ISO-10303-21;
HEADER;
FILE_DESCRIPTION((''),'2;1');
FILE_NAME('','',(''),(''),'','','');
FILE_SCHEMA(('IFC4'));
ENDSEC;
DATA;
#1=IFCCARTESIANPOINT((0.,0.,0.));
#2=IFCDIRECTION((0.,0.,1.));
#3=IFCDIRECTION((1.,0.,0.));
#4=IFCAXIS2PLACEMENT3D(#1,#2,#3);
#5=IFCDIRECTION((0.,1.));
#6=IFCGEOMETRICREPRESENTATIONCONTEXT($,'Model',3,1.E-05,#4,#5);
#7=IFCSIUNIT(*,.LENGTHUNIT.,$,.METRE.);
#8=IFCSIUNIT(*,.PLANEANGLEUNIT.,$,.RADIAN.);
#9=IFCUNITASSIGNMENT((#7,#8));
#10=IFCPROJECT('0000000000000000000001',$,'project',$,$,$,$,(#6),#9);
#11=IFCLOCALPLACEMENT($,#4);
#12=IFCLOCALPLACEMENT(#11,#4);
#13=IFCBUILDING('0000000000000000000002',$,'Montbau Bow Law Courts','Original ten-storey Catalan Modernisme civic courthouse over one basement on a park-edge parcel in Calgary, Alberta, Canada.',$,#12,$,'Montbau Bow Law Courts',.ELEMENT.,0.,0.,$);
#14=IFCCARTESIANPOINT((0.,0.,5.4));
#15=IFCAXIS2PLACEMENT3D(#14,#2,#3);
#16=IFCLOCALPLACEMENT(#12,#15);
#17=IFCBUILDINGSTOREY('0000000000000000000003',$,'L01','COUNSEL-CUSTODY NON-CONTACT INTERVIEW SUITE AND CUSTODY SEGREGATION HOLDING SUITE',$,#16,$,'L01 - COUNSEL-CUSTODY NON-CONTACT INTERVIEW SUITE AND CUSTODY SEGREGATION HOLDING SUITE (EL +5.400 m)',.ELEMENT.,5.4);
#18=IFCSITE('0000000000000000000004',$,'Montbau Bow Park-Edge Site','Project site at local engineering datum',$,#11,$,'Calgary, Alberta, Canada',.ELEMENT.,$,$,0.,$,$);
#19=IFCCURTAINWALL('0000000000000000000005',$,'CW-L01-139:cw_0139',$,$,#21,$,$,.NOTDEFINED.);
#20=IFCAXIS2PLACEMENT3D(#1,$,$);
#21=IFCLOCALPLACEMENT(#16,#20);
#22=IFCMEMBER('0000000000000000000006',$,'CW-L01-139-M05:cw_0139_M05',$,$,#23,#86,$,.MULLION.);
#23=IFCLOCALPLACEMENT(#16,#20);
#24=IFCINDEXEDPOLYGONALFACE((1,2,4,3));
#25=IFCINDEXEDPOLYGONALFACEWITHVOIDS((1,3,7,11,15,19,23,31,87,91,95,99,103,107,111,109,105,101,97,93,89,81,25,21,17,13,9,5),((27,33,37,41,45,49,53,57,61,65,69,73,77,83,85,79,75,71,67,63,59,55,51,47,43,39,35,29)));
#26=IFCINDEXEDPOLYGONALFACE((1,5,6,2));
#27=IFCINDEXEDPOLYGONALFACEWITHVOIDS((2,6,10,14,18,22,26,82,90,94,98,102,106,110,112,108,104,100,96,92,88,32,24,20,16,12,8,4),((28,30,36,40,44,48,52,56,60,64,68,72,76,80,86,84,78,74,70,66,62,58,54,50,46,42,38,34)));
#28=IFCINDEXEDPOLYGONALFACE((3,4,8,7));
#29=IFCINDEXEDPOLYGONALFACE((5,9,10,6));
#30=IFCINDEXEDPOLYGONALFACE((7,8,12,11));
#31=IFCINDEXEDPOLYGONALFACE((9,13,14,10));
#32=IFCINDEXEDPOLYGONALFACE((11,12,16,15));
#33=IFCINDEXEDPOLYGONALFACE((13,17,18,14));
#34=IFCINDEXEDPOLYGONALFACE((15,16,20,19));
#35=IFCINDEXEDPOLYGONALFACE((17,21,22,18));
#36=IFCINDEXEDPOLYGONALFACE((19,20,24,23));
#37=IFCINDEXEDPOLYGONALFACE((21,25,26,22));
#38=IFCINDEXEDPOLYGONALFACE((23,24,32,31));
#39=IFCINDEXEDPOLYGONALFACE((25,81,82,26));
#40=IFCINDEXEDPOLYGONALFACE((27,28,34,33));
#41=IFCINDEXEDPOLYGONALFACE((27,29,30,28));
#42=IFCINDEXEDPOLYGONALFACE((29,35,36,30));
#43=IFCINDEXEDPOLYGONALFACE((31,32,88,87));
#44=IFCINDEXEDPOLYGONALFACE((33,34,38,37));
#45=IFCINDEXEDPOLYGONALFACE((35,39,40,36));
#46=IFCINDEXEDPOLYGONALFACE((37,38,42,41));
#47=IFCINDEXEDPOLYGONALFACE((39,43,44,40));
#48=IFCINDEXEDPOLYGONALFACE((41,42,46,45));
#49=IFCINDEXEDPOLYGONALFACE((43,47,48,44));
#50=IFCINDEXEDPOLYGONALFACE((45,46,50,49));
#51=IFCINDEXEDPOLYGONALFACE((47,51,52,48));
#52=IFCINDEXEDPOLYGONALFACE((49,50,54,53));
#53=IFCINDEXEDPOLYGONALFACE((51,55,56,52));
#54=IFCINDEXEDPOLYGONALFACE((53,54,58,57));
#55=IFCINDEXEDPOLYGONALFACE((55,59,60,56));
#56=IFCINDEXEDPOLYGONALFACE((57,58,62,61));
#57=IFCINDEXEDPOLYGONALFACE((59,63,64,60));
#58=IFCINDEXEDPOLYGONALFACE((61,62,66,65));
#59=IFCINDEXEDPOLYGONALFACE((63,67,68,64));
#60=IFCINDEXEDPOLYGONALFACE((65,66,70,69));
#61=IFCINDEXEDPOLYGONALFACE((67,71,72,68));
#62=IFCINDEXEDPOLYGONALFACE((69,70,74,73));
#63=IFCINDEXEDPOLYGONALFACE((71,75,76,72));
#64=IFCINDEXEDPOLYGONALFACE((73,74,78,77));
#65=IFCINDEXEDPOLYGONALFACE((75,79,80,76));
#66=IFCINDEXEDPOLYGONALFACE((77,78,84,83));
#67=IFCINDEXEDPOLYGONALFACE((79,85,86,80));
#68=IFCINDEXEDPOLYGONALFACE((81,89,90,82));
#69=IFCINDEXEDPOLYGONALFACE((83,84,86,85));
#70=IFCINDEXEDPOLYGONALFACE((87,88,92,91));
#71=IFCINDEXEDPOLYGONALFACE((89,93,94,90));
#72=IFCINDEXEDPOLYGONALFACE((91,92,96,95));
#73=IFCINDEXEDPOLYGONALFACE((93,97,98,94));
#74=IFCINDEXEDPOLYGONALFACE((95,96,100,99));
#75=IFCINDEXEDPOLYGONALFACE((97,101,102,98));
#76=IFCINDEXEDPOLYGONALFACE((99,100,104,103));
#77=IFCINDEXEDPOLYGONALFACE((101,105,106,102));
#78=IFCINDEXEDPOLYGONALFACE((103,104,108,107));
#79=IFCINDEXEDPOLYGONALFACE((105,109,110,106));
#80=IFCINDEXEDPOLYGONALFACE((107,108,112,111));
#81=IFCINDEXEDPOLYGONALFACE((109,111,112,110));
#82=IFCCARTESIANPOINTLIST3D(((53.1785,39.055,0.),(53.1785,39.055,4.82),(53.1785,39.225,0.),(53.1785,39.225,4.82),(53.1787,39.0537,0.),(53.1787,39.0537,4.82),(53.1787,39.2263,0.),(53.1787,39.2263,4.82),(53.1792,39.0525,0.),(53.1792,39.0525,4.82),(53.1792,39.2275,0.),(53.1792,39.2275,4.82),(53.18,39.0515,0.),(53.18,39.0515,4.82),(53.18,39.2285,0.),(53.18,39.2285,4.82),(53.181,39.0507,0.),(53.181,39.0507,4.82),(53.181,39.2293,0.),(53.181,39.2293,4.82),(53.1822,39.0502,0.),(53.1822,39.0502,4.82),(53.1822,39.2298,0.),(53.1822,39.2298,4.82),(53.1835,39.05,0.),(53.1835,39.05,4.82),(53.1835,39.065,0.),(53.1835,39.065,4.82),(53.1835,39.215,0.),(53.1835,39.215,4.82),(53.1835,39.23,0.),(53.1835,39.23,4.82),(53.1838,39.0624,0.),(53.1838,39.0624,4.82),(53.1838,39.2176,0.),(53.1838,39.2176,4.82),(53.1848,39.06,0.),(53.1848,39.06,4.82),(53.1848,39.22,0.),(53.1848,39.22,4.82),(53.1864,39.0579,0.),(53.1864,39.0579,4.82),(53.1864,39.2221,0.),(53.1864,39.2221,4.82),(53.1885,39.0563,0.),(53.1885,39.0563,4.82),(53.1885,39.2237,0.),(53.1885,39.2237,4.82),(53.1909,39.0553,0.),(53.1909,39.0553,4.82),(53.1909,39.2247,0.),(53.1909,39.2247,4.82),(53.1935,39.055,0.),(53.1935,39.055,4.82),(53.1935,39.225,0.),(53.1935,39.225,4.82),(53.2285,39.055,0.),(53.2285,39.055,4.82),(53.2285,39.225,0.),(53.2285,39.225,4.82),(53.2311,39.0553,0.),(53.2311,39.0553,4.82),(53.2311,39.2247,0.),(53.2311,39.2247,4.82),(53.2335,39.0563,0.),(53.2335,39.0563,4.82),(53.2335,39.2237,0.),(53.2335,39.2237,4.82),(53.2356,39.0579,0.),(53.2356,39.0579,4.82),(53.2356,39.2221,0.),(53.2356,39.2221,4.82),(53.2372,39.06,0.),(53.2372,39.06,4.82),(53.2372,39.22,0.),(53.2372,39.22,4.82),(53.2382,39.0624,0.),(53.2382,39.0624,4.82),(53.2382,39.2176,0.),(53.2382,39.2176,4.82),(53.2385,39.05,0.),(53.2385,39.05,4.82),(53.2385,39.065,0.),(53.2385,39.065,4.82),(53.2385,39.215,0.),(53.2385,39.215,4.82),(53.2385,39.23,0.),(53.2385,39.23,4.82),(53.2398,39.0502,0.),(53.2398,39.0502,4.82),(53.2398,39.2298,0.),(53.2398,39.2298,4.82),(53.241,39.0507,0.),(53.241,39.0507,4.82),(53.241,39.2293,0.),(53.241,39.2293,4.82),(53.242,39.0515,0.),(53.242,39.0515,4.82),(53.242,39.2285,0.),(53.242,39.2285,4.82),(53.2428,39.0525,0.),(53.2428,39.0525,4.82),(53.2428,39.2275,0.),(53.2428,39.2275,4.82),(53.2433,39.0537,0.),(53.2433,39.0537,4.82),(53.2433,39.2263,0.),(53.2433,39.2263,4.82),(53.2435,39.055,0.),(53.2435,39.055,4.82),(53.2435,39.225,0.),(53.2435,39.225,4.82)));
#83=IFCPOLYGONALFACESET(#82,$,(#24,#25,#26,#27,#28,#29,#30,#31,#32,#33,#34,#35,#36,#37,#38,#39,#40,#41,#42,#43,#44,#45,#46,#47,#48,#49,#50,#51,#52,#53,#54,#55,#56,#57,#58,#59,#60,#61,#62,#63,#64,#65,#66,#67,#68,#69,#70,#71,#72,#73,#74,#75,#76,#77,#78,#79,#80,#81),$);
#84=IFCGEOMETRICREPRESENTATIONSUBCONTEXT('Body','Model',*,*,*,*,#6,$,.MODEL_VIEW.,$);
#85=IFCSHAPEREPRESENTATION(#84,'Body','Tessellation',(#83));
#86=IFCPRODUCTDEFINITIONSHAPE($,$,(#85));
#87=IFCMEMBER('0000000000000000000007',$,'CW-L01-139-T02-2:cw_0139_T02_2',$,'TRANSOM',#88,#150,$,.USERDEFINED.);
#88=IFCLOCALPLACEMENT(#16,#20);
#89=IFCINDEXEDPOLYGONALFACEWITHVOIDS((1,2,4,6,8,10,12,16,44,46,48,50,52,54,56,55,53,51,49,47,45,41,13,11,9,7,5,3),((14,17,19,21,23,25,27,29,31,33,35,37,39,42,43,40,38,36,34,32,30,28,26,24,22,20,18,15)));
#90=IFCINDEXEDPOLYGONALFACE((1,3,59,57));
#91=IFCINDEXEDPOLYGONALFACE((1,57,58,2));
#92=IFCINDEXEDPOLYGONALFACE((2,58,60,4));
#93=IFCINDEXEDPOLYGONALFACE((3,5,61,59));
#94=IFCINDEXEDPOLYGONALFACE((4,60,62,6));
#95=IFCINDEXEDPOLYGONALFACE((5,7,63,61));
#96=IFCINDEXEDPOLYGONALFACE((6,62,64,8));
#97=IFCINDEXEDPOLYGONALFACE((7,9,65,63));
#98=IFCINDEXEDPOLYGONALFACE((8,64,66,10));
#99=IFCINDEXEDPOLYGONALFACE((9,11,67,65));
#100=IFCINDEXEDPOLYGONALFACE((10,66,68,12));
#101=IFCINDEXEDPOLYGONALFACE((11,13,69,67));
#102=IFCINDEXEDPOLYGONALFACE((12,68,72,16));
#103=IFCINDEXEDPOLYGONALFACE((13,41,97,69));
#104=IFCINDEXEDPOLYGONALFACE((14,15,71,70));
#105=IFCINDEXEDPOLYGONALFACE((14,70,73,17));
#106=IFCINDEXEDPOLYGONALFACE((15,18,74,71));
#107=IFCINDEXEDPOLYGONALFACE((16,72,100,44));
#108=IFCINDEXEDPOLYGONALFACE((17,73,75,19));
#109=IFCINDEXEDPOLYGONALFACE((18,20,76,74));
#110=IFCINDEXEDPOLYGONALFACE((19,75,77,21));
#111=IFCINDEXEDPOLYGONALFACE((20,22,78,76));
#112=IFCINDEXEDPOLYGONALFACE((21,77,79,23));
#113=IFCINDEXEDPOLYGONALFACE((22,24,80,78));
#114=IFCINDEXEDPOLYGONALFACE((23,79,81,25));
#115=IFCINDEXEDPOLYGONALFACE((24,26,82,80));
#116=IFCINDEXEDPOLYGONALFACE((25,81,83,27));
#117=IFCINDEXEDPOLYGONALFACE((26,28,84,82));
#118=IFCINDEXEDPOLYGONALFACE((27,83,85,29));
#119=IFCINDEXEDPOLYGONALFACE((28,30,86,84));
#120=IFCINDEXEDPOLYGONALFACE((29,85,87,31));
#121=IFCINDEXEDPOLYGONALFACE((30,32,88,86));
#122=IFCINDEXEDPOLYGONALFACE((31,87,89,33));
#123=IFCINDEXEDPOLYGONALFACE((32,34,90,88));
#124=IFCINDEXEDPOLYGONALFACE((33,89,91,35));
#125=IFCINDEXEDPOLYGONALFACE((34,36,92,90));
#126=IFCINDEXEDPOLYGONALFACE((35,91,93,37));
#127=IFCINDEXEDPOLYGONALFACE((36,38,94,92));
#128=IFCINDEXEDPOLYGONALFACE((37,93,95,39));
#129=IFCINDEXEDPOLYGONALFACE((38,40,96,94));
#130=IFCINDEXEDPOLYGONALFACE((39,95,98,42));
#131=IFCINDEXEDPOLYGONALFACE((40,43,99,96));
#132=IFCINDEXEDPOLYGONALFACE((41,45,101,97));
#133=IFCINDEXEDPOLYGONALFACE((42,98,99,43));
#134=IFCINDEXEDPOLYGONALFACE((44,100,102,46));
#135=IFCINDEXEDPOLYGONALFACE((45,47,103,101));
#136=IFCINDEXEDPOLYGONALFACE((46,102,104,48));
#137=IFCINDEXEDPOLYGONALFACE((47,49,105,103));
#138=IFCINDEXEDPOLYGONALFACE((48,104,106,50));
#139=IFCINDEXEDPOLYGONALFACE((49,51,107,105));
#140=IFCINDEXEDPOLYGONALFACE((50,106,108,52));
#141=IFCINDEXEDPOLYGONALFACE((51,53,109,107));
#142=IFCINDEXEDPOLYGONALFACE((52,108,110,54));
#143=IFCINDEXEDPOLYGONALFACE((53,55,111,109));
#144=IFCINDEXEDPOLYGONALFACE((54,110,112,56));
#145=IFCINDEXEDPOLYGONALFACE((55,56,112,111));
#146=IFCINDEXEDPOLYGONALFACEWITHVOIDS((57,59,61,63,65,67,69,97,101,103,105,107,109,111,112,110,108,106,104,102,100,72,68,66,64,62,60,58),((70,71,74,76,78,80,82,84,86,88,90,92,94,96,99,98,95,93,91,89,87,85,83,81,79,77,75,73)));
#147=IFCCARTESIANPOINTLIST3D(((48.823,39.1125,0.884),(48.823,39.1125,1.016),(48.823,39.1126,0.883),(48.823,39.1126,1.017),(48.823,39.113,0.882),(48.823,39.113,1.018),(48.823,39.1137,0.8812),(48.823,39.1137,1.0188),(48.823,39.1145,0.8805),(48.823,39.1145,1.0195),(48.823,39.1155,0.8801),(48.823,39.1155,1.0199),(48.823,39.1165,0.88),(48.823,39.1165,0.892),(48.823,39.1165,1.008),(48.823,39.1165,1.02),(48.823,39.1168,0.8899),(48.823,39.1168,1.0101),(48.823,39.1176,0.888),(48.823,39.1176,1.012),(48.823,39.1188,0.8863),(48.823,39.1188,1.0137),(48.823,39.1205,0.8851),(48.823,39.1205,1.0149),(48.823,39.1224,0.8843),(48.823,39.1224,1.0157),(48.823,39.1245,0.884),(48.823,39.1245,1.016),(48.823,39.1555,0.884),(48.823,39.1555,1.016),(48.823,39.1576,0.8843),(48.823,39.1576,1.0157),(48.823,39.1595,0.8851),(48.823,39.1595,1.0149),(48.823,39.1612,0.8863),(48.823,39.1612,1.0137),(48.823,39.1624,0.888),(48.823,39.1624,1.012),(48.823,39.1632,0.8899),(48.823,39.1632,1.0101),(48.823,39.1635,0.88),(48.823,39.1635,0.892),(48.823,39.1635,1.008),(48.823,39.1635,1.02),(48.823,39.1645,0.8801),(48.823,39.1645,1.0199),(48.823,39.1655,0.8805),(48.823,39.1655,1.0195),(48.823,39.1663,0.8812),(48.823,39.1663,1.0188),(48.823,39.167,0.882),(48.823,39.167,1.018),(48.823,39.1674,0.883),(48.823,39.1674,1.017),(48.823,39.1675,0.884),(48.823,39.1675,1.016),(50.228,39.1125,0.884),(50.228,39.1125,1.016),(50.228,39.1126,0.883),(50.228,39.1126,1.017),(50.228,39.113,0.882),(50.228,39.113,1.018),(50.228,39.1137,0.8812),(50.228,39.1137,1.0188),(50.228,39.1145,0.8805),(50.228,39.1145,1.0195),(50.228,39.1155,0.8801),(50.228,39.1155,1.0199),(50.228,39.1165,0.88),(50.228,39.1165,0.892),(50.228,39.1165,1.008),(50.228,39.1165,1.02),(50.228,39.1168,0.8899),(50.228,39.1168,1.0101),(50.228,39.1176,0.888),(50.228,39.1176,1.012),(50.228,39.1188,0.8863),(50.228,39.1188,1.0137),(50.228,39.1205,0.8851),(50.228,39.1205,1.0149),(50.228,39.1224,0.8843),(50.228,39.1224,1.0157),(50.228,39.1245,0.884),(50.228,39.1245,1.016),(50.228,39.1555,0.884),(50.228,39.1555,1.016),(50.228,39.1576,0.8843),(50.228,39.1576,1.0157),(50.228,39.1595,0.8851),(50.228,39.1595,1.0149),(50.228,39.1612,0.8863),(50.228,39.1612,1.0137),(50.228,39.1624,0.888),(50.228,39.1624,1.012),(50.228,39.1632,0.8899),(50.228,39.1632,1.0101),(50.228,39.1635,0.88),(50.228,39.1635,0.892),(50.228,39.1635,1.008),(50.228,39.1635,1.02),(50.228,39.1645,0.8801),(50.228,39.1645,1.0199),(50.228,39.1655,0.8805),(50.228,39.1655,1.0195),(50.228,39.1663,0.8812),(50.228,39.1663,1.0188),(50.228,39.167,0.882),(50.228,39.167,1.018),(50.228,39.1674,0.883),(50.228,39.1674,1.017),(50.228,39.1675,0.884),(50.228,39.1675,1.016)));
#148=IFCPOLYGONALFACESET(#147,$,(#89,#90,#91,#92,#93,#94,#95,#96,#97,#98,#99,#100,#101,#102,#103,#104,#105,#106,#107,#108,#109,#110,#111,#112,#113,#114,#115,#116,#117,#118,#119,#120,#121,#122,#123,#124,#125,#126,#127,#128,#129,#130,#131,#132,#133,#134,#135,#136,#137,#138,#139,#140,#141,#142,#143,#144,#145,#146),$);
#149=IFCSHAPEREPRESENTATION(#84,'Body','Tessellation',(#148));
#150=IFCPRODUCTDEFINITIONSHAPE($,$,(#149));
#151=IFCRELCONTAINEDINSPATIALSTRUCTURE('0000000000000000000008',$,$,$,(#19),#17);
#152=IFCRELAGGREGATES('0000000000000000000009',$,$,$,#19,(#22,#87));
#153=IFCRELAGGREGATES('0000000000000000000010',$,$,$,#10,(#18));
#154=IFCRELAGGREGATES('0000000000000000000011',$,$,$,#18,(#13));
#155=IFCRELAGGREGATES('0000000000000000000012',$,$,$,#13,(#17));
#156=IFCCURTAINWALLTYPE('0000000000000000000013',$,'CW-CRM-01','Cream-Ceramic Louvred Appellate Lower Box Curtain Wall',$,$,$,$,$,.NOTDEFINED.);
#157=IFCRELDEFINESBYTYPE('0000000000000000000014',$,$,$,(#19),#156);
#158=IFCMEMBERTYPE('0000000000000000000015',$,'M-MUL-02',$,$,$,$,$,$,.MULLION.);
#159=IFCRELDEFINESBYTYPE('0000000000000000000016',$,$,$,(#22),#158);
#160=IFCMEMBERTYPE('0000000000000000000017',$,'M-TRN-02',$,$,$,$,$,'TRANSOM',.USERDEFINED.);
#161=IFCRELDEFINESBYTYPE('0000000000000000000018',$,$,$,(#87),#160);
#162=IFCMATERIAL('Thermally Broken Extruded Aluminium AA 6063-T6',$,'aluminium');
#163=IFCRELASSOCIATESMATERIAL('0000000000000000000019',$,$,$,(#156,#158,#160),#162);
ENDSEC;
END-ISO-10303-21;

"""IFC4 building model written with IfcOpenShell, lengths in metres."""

from ifc_helpers import new_model, si_unit, direction, frame, origin_with_axes, origin_2d_with_axis, place, context, subcontext, project, spatial, hollow_rectangle, extrude, material, material_profile, profile_set, type_object, element, aggregate, save


model = new_model("IFC4")

# Units and contexts
model_context = context("Model", 3, precision=1e-05, world=origin_with_axes(), true_north=direction((0.0, 1.0)))
body_context = subcontext(model_context, "Body", "Model", "MODEL_VIEW")
ifc_project = project(units=[si_unit("LENGTHUNIT", "METRE"), si_unit("PLANEANGLEUNIT", "RADIAN")], contexts=[model_context])

# Site, building, storey
site_placement = place(None, origin_with_axes())
site = spatial("IfcSite", under=ifc_project, at=site_placement, Name="Montbau Bow Park-Edge Site", Description="Project site at local engineering datum", LongName="Calgary, Alberta, Canada", CompositionType="ELEMENT", RefElevation=0.0)
building_placement = place(site_placement, origin_with_axes())
building = spatial("IfcBuilding", under=site, at=building_placement, Name="Montbau Bow Law Courts", Description="Original ten-storey Catalan Modernisme civic courthouse over one basement on a park-edge parcel in Calgary, Alberta, Canada.", LongName="Montbau Bow Law Courts", CompositionType="ELEMENT", ElevationOfRefHeight=0.0, ElevationOfTerrain=0.0)
storey_placement = place(building_placement, frame((0.0, 0.0, 5.4), z_axis=(0.0, 0.0, 1.0), x_axis=(1.0, 0.0, 0.0)))
storey = spatial("IfcBuildingStorey", under=building, at=storey_placement, Name="L01", Description="COUNSEL-CUSTODY NON-CONTACT INTERVIEW SUITE AND CUSTODY SEGREGATION HOLDING SUITE", LongName="L01 - COUNSEL-CUSTODY NON-CONTACT INTERVIEW SUITE AND CUSTODY SEGREGATION HOLDING SUITE (EL +5.400 m)", CompositionType="ELEMENT", Elevation=5.4)

# Curtain wall, members
ifc_material_1 = material(Name="Thermally Broken Extruded Aluminium AA 6063-T6", Category="aluminium")
curtain_wall_type = type_object("IfcCurtainWallType", Name="CW-CRM-01", Description="Cream-Ceramic Louvred Appellate Lower Box Curtain Wall", PredefinedType="NOTDEFINED", material=ifc_material_1)
curtain_wall_placement = place(None, frame((47.315, 39.14, 5.4), z_axis=(0.0, 0.0, 1.0), x_axis=(1.0, 0.0, 0.0)))
curtain_wall = element("IfcCurtainWall", 1, at=curtain_wall_placement, inside=storey, type_object=curtain_wall_type, Name="CW-L01-139:cw_0139", PredefinedType="NOTDEFINED")
ifc_material_profile_1 = material_profile(ifc_material_1, hollow_rectangle(XDim=0.065, YDim=0.18, WallThickness=0.005, InnerFilletRadius=0.01, OuterFilletRadius=0.005, at=origin_2d_with_axis()), Name="CWM-180X65", Category="Main", Priority=0)
ifc_profile_set_1 = profile_set([ifc_material_profile_1], Name="Thermally Broken Extruded Aluminium AA 6063-T6")
member_type_1 = type_object("IfcMemberType", Name="M-MUL-02", PredefinedType="MULLION", material=ifc_profile_set_1)
member_1_placement = place(None, frame((53.211, 39.14, 5.4), z_axis=(0.0, 0.0, 1.0), x_axis=(1.0, 0.0, 0.0)))
member_1 = element("IfcMember", 2, at=member_1_placement, type_object=member_type_1, Name="CW-L01-139-M05:cw_0139_M05", PredefinedType="MULLION", context=body_context, shape_type="SweptSolid", body=[
    extrude(hollow_rectangle(XDim=0.065, YDim=0.18, WallThickness=0.005, InnerFilletRadius=0.01, OuterFilletRadius=0.005, at=origin_2d_with_axis()), origin_with_axes(), (0.0, 0.0, 1.0), 4.82),
])
ifc_material_profile_2 = material_profile(ifc_material_1, hollow_rectangle(XDim=0.055, YDim=0.14, WallThickness=0.004, InnerFilletRadius=0.008, OuterFilletRadius=0.004, at=origin_2d_with_axis()), Name="CWT-140X55", Category="Main", Priority=0)
ifc_profile_set_2 = profile_set([ifc_material_profile_2], Name="Thermally Broken Extruded Aluminium AA 6063-T6")
member_type_2 = type_object("IfcMemberType", Name="M-TRN-02", ElementType="TRANSOM", PredefinedType="USERDEFINED", material=ifc_profile_set_2)
member_2_placement = place(None, frame((48.823, 39.14, 6.35), z_axis=(1.0, 0.0, 0.0), x_axis=(0.0, 1.0, 0.0)))
member_2 = element("IfcMember", 3, at=member_2_placement, type_object=member_type_2, Name="CW-L01-139-T02-2:cw_0139_T02_2", ObjectType="TRANSOM", PredefinedType="USERDEFINED", context=body_context, shape_type="SweptSolid", body=[
    extrude(hollow_rectangle(XDim=0.055, YDim=0.14, WallThickness=0.004, InnerFilletRadius=0.008, OuterFilletRadius=0.004, at=origin_2d_with_axis()), origin_with_axes(), (0.0, 0.0, 1.0), 1.405),
])
aggregate(curtain_wall, [member_1, member_2])

save(model, "model.ifc")
